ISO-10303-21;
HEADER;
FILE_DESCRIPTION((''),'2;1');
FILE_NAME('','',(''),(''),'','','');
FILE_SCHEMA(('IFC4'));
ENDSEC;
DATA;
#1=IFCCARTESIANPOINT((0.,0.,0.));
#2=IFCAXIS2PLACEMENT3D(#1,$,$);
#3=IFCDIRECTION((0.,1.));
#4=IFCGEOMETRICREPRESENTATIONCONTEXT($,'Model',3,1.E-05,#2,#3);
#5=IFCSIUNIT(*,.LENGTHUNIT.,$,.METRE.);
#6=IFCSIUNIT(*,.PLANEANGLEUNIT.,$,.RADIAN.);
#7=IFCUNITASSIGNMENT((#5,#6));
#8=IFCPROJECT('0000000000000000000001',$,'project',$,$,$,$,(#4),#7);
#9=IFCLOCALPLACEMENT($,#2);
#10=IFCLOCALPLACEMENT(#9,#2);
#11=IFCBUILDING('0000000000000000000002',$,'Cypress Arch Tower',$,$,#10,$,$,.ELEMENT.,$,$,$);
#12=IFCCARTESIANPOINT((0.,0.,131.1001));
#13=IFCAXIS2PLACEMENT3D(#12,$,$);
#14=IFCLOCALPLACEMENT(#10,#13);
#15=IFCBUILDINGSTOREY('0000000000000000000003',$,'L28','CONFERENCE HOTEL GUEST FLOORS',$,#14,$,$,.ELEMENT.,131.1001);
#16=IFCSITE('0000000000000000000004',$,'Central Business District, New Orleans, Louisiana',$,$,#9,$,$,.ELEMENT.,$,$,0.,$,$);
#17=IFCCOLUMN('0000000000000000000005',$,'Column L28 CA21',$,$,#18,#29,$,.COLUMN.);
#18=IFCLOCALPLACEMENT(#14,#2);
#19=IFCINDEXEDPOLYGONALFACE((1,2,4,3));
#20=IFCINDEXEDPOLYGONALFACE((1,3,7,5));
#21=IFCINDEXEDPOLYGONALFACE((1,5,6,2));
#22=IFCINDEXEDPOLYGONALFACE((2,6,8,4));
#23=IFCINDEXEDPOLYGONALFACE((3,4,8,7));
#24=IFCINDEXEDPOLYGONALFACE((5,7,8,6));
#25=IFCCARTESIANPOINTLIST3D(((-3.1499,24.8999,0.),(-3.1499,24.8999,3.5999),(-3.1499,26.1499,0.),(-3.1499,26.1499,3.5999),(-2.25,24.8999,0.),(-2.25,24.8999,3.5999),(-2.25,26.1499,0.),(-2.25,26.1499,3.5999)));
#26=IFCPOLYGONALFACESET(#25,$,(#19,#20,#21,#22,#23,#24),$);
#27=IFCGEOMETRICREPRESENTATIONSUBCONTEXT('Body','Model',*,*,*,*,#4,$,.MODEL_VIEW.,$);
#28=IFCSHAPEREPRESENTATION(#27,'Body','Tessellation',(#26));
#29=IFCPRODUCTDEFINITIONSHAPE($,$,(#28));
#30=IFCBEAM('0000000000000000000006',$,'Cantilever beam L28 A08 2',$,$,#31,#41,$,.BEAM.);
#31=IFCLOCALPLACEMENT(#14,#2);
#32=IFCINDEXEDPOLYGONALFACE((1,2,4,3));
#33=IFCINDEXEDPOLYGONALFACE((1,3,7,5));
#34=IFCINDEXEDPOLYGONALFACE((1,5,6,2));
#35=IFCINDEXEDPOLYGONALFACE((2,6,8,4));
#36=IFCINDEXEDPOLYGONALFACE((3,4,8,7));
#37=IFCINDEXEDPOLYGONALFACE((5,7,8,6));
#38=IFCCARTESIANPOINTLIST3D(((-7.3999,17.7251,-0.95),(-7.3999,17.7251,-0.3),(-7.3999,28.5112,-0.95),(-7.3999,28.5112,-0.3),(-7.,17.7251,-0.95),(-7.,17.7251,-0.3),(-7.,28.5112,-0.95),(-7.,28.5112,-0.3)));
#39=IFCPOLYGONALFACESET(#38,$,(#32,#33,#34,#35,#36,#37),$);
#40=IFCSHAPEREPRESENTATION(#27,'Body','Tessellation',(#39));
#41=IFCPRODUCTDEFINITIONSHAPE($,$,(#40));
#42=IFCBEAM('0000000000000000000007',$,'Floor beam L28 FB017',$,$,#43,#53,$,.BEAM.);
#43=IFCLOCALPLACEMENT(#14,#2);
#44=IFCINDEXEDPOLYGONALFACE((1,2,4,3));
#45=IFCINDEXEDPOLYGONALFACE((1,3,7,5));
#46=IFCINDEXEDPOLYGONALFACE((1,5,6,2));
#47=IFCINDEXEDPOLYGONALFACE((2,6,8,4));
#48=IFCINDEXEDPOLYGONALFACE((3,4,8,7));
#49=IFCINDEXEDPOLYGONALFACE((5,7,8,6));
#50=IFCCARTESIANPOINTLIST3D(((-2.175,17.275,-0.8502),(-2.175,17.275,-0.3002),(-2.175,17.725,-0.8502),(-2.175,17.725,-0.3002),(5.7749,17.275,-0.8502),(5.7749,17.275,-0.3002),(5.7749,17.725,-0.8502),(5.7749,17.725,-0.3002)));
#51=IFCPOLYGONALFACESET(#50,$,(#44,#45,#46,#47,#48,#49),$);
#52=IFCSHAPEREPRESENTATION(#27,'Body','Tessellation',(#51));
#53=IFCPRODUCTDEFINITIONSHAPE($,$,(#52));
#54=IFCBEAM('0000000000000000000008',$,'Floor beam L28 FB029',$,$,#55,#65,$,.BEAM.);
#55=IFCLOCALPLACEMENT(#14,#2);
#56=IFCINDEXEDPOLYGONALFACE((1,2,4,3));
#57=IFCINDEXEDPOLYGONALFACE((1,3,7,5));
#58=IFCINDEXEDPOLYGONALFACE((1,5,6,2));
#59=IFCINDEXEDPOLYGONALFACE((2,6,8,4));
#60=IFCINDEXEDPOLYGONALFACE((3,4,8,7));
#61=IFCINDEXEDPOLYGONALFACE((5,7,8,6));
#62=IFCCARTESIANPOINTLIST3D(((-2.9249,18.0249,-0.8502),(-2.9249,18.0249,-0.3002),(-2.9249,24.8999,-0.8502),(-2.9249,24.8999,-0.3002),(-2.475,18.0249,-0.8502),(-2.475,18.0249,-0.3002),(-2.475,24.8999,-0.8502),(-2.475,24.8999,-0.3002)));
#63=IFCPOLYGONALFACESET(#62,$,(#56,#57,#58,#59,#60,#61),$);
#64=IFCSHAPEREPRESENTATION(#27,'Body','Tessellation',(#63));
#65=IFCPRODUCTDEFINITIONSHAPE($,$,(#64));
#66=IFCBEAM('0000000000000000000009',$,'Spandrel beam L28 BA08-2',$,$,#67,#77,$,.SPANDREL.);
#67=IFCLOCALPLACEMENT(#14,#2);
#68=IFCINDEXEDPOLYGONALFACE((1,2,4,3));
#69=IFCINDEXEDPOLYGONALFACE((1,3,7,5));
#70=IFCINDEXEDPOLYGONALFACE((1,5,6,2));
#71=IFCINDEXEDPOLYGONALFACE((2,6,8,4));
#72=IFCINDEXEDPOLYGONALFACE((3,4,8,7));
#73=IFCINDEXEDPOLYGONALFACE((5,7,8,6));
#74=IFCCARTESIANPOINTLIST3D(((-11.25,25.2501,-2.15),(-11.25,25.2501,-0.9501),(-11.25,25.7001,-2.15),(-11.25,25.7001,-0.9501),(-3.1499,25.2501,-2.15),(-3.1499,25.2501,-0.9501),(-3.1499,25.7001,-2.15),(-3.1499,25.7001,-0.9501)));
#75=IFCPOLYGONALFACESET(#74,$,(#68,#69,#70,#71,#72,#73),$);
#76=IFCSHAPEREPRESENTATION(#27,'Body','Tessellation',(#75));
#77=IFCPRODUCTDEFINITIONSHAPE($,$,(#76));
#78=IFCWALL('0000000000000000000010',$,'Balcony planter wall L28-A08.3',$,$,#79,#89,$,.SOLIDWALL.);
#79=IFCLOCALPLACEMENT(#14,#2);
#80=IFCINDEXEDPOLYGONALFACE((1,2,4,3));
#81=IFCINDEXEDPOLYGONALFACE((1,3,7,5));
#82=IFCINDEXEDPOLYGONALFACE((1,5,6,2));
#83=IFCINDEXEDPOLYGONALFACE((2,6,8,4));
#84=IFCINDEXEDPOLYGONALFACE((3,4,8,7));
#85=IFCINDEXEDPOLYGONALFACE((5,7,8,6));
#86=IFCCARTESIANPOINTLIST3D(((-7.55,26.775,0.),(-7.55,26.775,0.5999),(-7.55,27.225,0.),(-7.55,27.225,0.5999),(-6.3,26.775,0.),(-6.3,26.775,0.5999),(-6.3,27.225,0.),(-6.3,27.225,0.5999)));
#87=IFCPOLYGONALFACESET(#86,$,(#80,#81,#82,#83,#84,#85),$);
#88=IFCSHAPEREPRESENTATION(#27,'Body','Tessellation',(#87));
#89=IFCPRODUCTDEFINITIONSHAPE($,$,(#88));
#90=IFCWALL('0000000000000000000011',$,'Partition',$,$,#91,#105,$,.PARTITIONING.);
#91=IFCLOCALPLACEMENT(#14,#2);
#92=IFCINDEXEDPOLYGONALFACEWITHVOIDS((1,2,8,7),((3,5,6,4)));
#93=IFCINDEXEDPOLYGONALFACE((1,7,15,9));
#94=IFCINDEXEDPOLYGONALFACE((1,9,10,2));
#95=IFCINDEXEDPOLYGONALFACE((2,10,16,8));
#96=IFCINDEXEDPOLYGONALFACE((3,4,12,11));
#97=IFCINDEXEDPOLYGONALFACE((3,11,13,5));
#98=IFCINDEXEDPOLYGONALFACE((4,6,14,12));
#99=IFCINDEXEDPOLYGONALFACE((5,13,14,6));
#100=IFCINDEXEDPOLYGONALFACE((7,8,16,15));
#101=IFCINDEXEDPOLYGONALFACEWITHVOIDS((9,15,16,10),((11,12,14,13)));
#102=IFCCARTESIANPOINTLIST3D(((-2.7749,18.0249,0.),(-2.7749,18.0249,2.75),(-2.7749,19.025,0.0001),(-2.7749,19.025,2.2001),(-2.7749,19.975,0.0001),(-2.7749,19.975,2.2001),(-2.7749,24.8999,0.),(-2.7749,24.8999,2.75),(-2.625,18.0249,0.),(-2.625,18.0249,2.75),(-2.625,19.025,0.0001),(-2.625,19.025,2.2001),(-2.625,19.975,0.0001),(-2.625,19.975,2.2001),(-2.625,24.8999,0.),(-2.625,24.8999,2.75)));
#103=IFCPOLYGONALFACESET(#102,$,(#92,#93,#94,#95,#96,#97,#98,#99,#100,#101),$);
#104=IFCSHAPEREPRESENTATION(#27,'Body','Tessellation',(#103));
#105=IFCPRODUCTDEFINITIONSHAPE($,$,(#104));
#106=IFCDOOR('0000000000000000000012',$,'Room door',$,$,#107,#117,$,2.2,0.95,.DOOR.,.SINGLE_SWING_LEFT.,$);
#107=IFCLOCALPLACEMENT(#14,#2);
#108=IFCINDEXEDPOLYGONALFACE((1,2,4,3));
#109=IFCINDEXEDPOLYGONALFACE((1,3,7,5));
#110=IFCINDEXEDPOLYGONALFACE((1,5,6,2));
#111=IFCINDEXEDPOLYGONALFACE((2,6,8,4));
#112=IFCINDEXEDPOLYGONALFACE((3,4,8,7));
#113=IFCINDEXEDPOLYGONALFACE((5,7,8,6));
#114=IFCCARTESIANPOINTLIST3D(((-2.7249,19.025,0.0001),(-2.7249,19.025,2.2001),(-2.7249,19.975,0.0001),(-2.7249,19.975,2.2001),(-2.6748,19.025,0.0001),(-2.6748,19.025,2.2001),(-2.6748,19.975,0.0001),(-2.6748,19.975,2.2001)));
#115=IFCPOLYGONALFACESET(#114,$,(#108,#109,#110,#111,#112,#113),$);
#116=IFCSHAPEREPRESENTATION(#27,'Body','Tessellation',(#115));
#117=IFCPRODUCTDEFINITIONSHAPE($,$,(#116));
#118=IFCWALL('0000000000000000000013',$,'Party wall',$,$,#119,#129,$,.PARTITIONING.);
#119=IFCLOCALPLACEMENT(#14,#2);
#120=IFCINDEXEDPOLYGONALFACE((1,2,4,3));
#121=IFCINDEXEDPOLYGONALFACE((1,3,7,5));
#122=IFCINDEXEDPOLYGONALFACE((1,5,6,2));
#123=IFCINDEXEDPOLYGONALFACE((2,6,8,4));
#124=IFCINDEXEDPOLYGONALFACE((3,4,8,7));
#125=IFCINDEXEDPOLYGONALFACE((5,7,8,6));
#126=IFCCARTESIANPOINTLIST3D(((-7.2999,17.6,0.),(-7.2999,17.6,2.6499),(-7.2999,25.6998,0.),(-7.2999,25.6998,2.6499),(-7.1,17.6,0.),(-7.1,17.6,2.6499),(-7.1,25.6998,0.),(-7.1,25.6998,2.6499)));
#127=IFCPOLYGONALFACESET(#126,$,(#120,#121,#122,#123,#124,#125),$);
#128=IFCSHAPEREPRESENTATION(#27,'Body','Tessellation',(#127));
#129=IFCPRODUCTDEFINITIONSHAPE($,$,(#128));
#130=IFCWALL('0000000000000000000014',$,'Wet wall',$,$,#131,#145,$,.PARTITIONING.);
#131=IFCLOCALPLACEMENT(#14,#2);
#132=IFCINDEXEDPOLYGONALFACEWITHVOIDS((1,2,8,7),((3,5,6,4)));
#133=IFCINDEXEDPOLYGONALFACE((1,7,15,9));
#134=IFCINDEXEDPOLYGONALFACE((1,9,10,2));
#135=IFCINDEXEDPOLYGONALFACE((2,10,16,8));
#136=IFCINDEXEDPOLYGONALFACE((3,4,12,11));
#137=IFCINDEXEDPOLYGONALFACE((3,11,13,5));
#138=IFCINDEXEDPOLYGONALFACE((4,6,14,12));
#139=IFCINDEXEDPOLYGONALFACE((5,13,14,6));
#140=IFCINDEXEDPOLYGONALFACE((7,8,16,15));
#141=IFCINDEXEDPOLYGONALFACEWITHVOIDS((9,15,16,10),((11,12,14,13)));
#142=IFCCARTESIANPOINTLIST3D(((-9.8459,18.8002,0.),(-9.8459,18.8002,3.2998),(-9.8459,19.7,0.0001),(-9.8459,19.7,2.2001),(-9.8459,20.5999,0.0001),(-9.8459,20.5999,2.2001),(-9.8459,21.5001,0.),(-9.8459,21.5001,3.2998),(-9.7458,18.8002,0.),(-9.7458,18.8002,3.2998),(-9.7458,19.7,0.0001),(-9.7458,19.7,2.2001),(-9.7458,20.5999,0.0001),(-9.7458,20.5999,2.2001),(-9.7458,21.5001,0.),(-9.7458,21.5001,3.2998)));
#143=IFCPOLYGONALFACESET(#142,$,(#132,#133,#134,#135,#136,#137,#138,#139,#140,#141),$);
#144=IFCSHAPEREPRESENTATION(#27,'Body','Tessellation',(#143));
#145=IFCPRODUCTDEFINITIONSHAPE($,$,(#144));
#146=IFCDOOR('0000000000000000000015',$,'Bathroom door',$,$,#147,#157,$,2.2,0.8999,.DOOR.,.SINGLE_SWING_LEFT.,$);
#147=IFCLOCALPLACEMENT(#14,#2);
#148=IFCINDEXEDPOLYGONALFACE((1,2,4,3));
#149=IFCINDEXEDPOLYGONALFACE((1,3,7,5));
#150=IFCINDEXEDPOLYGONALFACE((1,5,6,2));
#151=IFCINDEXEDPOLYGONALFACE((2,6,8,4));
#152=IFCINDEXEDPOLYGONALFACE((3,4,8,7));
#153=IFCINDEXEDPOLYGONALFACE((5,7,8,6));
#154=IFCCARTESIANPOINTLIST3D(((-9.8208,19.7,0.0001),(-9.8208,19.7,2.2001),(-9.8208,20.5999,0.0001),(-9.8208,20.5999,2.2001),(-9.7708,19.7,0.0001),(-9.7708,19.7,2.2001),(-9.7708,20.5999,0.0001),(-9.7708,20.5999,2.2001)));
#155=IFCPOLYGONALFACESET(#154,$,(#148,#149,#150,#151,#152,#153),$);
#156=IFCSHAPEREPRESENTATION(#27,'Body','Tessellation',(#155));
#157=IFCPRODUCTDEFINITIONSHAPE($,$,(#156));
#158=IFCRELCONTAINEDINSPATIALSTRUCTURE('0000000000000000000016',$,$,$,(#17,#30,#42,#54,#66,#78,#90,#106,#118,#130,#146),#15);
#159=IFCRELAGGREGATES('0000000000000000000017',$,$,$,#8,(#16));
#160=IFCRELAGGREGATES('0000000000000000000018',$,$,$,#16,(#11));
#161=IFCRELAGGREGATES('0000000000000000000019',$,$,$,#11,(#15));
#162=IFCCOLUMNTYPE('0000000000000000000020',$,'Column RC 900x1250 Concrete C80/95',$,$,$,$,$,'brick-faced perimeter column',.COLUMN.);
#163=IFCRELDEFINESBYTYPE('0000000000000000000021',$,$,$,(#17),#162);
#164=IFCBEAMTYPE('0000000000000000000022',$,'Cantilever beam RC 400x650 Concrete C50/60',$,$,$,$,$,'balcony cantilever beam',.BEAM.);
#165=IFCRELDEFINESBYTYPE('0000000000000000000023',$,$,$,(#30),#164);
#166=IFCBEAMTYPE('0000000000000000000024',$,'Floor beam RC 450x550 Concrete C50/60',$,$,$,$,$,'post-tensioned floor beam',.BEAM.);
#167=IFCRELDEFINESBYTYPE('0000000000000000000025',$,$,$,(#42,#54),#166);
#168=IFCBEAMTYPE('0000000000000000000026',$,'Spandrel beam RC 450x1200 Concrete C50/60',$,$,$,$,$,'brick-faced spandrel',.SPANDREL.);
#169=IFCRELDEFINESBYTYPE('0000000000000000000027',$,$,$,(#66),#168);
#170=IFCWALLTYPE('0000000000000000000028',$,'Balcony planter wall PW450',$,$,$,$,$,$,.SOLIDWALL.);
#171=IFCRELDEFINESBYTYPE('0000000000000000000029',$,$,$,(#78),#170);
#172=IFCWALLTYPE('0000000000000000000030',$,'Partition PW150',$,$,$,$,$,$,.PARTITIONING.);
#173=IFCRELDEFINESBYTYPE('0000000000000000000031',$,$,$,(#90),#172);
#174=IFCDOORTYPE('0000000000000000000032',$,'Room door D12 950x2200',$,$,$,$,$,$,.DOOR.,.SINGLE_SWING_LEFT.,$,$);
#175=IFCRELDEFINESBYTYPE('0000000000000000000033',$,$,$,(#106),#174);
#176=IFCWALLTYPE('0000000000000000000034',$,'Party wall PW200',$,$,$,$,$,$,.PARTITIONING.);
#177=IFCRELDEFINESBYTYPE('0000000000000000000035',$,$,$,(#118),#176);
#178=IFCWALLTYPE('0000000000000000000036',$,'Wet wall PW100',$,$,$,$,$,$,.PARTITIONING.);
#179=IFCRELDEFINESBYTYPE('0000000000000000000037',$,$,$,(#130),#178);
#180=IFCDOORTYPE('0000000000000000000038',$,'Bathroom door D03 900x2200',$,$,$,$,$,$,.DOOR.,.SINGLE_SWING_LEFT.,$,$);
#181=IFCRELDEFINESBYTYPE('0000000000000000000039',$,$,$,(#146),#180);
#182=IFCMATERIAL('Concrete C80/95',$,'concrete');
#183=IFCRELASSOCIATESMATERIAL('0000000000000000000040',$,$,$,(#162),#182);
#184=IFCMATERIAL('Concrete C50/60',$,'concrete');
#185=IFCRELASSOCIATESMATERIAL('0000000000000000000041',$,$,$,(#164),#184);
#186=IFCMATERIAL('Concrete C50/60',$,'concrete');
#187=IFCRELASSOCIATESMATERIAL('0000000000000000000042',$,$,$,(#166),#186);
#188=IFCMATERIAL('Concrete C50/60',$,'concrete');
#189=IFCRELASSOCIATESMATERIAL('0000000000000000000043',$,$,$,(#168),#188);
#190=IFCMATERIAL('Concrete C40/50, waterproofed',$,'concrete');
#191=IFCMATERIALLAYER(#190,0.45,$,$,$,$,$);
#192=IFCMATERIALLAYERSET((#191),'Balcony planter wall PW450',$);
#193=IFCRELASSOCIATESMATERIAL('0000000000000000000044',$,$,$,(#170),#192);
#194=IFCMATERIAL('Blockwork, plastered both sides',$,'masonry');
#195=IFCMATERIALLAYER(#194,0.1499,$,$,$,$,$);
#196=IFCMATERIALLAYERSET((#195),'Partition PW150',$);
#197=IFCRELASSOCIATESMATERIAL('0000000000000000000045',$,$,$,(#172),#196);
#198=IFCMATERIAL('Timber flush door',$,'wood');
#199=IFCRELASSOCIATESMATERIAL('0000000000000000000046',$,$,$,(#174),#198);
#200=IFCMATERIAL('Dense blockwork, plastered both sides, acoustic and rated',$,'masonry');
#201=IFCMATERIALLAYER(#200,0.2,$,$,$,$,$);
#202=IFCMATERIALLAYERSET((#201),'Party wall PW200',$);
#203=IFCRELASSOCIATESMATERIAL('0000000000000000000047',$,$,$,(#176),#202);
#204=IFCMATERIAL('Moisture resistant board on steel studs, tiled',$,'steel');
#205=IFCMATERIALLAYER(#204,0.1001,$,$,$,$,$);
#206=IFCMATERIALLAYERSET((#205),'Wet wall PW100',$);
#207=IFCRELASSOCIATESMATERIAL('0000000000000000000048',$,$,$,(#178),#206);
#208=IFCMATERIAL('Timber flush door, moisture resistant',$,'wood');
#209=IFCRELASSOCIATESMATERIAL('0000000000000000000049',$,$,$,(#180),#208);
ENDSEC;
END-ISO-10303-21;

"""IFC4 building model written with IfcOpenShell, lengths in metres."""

from ifc_helpers import new_model, si_unit, direction, frame, frame_2d, origin, origin_2d, place, context, subcontext, project, spatial, rectangle, extrude, material, layer, layer_set, material_profile, profile_set, type_object, element, fill, save


model = new_model("IFC4")

# Units and contexts
model_context = context("Model", 3, precision=1e-05, world=origin(), true_north=direction((0.0, 1.0)))
body_context = subcontext(model_context, "Body", "Model", "MODEL_VIEW")
ifc_project = project(units=[si_unit("LENGTHUNIT", "METRE"), si_unit("PLANEANGLEUNIT", "RADIAN")], contexts=[model_context])

# Site, building, storey
site_placement = place(None, origin())
site = spatial("IfcSite", under=ifc_project, at=site_placement, Name="Central Business District, New Orleans, Louisiana", CompositionType="ELEMENT", RefElevation=0.0)
building_placement = place(site_placement, origin())
building = spatial("IfcBuilding", under=site, at=building_placement, Name="Cypress Arch Tower", CompositionType="ELEMENT")
storey_placement = place(building_placement, frame((0.0, 0.0, 131.1001)))
storey = spatial("IfcBuildingStorey", under=building, at=storey_placement, Name="L28", Description="CONFERENCE HOTEL GUEST FLOORS", CompositionType="ELEMENT", Elevation=131.1001)

# Column
ifc_material_1 = material(Name="Concrete C80/95", Category="concrete")
ifc_material_profile_1 = material_profile(ifc_material_1, rectangle(XDim=0.8999, YDim=1.25, at=origin_2d()), Name="RC 900x1250")
ifc_profile_set_1 = profile_set([ifc_material_profile_1], Name="Concrete C80/95")
column_type = type_object("IfcColumnType", Name="Column RC 900x1250 Concrete C80/95", ElementType="brick-faced perimeter column", PredefinedType="COLUMN", material=ifc_profile_set_1)
column_placement = place(storey_placement, frame((-2.7, 25.5249, 0.0), z_axis=(0.0, 0.0, 1.0), x_axis=(-1.0, 0.0, 0.0)))
element("IfcColumn", 1, at=column_placement, inside=storey, type_object=column_type, Name="Column L28 CA21", PredefinedType="COLUMN", context=body_context, shape_type="SweptSolid", body=[
    extrude(rectangle(XDim=0.8999, YDim=1.25, at=origin_2d()), origin(), (0.0, 0.0, 1.0), 3.5999),
])

# Beams
ifc_material_2 = material(Name="Concrete C50/60", Category="concrete")
ifc_material_profile_2 = material_profile(ifc_material_2, rectangle(XDim=0.3999, YDim=0.6499, at=origin_2d()), Name="RC 400x650")
ifc_profile_set_2 = profile_set([ifc_material_profile_2], Name="Concrete C50/60")
beam_type_1 = type_object("IfcBeamType", Name="Cantilever beam RC 400x650 Concrete C50/60", ElementType="balcony cantilever beam", PredefinedType="BEAM", material=ifc_profile_set_2)
beam_1_placement = place(storey_placement, frame((-7.2, 17.7251, -0.625), z_axis=(0.0, 1.0, 0.0), x_axis=(-1.0, 0.0, 0.0)))
element("IfcBeam", 2, at=beam_1_placement, inside=storey, type_object=beam_type_1, Name="Cantilever beam L28 A08 2", PredefinedType="BEAM", context=body_context, shape_type="SweptSolid", body=[
    extrude(rectangle(XDim=0.3999, YDim=0.6499, at=origin_2d()), origin(), (0.0, 0.0, 1.0), 10.7861),
])
ifc_material_3 = material(Name="Concrete C50/60", Category="concrete")
ifc_material_profile_3 = material_profile(ifc_material_3, rectangle(XDim=0.45, YDim=0.55, at=origin_2d()), Name="RC 450x550")
ifc_profile_set_3 = profile_set([ifc_material_profile_3], Name="Concrete C50/60")
beam_type_2 = type_object("IfcBeamType", Name="Floor beam RC 450x550 Concrete C50/60", ElementType="post-tensioned floor beam", PredefinedType="BEAM", material=ifc_profile_set_3)
beam_2_placement = place(storey_placement, frame((-2.175, 17.5, -0.5752), z_axis=(1.0, 0.0, 0.0), x_axis=(0.0, 1.0, 0.0)))
element("IfcBeam", 3, at=beam_2_placement, inside=storey, type_object=beam_type_2, Name="Floor beam L28 FB017", PredefinedType="BEAM", context=body_context, shape_type="SweptSolid", body=[
    extrude(rectangle(XDim=0.45, YDim=0.55, at=origin_2d()), origin(), (0.0, 0.0, 1.0), 7.95),
])
beam_3_placement = place(storey_placement, frame((-2.7, 18.0249, -0.5752), z_axis=(0.0, 1.0, 0.0), x_axis=(-1.0, 0.0, 0.0)))
element("IfcBeam", 4, at=beam_3_placement, inside=storey, type_object=beam_type_2, Name="Floor beam L28 FB029", PredefinedType="BEAM", context=body_context, shape_type="SweptSolid", body=[
    extrude(rectangle(XDim=0.45, YDim=0.55, at=origin_2d()), origin(), (0.0, 0.0, 1.0), 6.875),
])
ifc_material_4 = material(Name="Concrete C50/60", Category="concrete")
ifc_material_profile_4 = material_profile(ifc_material_4, rectangle(XDim=0.45, YDim=1.2, at=origin_2d()), Name="RC 450x1200")
ifc_profile_set_4 = profile_set([ifc_material_profile_4], Name="Concrete C50/60")
beam_type_3 = type_object("IfcBeamType", Name="Spandrel beam RC 450x1200 Concrete C50/60", ElementType="brick-faced spandrel", PredefinedType="SPANDREL", material=ifc_profile_set_4)
beam_4_placement = place(storey_placement, frame((-3.1499, 25.4751, -1.55), z_axis=(-1.0, 0.0, 0.0), x_axis=(0.0, -1.0, 0.0)))
element("IfcBeam", 5, at=beam_4_placement, inside=storey, type_object=beam_type_3, Name="Spandrel beam L28 BA08-2", PredefinedType="SPANDREL", context=body_context, shape_type="SweptSolid", body=[
    extrude(rectangle(XDim=0.45, YDim=1.2, at=origin_2d()), origin(), (0.0, 0.0, 1.0), 8.1001),
])

# Wall
ifc_material_5 = material(Name="Concrete C40/50, waterproofed", Category="concrete")
ifc_layer_1 = layer(ifc_material_5, 0.45)
ifc_layer_set_1 = layer_set([ifc_layer_1], Name="Balcony planter wall PW450")
wall_type_1 = type_object("IfcWallType", Name="Balcony planter wall PW450", PredefinedType="SOLIDWALL", material=ifc_layer_set_1)
wall_1_placement = place(storey_placement, frame((-6.3, 27.0, 0.0), z_axis=(0.0, 0.0, 1.0), x_axis=(-1.0, 0.0, 0.0)))
element("IfcWall", 6, at=wall_1_placement, inside=storey, type_object=wall_type_1, Name="Balcony planter wall L28-A08.3", PredefinedType="SOLIDWALL", context=body_context, shape_type="SweptSolid", body=[
    extrude(rectangle(XDim=1.25, YDim=0.45, at=frame_2d((0.625, 0.0))), origin(), (0.0, 0.0, 1.0), 0.5999),
])

# Wall, opening, door
ifc_material_6 = material(Name="Blockwork, plastered both sides", Category="masonry")
ifc_layer_2 = layer(ifc_material_6, 0.1499)
ifc_layer_set_2 = layer_set([ifc_layer_2], Name="Partition PW150")
wall_type_2 = type_object("IfcWallType", Name="Partition PW150", PredefinedType="PARTITIONING", material=ifc_layer_set_2)
wall_2_placement = place(storey_placement, frame((-2.7, 18.0249, 0.0), z_axis=(0.0, 0.0, 1.0), x_axis=(0.0, 1.0, 0.0)))
wall_2 = element("IfcWall", 7, at=wall_2_placement, inside=storey, type_object=wall_type_2, Name="Partition", PredefinedType="PARTITIONING", context=body_context, shape_type="SweptSolid", body=[
    extrude(rectangle(XDim=6.875, YDim=0.1499, at=frame_2d((3.4375, 0.0))), origin(), (0.0, 0.0, 1.0), 2.75),
])
opening_1_placement = place(wall_2_placement, frame((1.0, 0.0, 0.0)))
opening_1 = element("IfcOpeningElement", 8, at=opening_1_placement, cuts=wall_2, PredefinedType="OPENING", context=body_context, shape_type="SweptSolid", body=[
    extrude(rectangle(XDim=0.95, YDim=2.2, at=frame_2d((0.4751, 1.1001))), frame((0.0, 0.085, 0.0), z_axis=(0.0, -1.0, 0.0), x_axis=(1.0, 0.0, 0.0)), (0.0, 0.0, 1.0), 0.1699),
])
ifc_material_7 = material(Name="Timber flush door", Category="wood")
door_type_1 = type_object("IfcDoorType", Name="Room door D12 950x2200", OperationType="SINGLE_SWING_LEFT", PredefinedType="DOOR", material=ifc_material_7)
door_1_placement = place(opening_1_placement, origin())
door_1 = element("IfcDoor", 9, at=door_1_placement, inside=storey, type_object=door_type_1, Name="Room door", OperationType="SINGLE_SWING_LEFT", OverallHeight=2.2, OverallWidth=0.95, PredefinedType="DOOR", context=body_context, shape_type="SweptSolid", body=[
    extrude(rectangle(XDim=0.95, YDim=2.2, at=frame_2d((0.4751, 1.1001))), frame((0.0, 0.0249, 0.0), z_axis=(0.0, -1.0, 0.0), x_axis=(1.0, 0.0, 0.0)), (0.0, 0.0, 1.0), 0.05),
])
fill(opening_1, door_1)

# Wall
ifc_material_8 = material(Name="Dense blockwork, plastered both sides, acoustic and rated", Category="masonry")
ifc_layer_3 = layer(ifc_material_8, 0.2)
ifc_layer_set_3 = layer_set([ifc_layer_3], Name="Party wall PW200")
wall_type_3 = type_object("IfcWallType", Name="Party wall PW200", PredefinedType="PARTITIONING", material=ifc_layer_set_3)
wall_3_placement = place(storey_placement, frame((-7.2, 17.6001, 0.0), z_axis=(0.0, 0.0, 1.0), x_axis=(0.0, 1.0, 0.0)))
element("IfcWall", 10, at=wall_3_placement, inside=storey, type_object=wall_type_3, Name="Party wall", PredefinedType="PARTITIONING", context=body_context, shape_type="SweptSolid", body=[
    extrude(rectangle(XDim=8.0999, YDim=0.2, at=frame_2d((4.0498, 0.0))), origin(), (0.0, 0.0, 1.0), 2.6499),
])

# Wall, opening, door
ifc_material_9 = material(Name="Moisture resistant board on steel studs, tiled", Category="steel")
ifc_layer_4 = layer(ifc_material_9, 0.1001)
ifc_layer_set_4 = layer_set([ifc_layer_4], Name="Wet wall PW100")
wall_type_4 = type_object("IfcWallType", Name="Wet wall PW100", PredefinedType="PARTITIONING", material=ifc_layer_set_4)
wall_4_placement = place(storey_placement, frame((-9.7959, 18.8, 0.0), z_axis=(0.0, 0.0, 1.0), x_axis=(0.0, 1.0, 0.0)))
wall_4 = element("IfcWall", 11, at=wall_4_placement, inside=storey, type_object=wall_type_4, Name="Wet wall", PredefinedType="PARTITIONING", context=body_context, shape_type="SweptSolid", body=[
    extrude(rectangle(XDim=2.7, YDim=0.1001, at=frame_2d((1.3501, 0.0))), origin(), (0.0, 0.0, 1.0), 3.2998),
])
opening_2_placement = place(wall_4_placement, frame((0.8999, 0.0, 0.0)))
opening_2 = element("IfcOpeningElement", 12, at=opening_2_placement, cuts=wall_4, PredefinedType="OPENING", context=body_context, shape_type="SweptSolid", body=[
    extrude(rectangle(XDim=0.8999, YDim=2.2, at=frame_2d((0.45, 1.1001))), frame((0.0, 0.0601, 0.0), z_axis=(0.0, -1.0, 0.0), x_axis=(1.0, 0.0, 0.0)), (0.0, 0.0, 1.0), 0.1201),
])
ifc_material_10 = material(Name="Timber flush door, moisture resistant", Category="wood")
door_type_2 = type_object("IfcDoorType", Name="Bathroom door D03 900x2200", OperationType="SINGLE_SWING_LEFT", PredefinedType="DOOR", material=ifc_material_10)
door_2_placement = place(opening_2_placement, origin())
door_2 = element("IfcDoor", 13, at=door_2_placement, inside=storey, type_object=door_type_2, Name="Bathroom door", OperationType="SINGLE_SWING_LEFT", OverallHeight=2.2, OverallWidth=0.8999, PredefinedType="DOOR", context=body_context, shape_type="SweptSolid", body=[
    extrude(rectangle(XDim=0.8999, YDim=2.2, at=frame_2d((0.45, 1.1001))), frame((0.0, 0.0249, 0.0), z_axis=(0.0, -1.0, 0.0), x_axis=(1.0, 0.0, 0.0)), (0.0, 0.0, 1.0), 0.05),
])
fill(opening_2, door_2)

save(model, "model.ifc")
